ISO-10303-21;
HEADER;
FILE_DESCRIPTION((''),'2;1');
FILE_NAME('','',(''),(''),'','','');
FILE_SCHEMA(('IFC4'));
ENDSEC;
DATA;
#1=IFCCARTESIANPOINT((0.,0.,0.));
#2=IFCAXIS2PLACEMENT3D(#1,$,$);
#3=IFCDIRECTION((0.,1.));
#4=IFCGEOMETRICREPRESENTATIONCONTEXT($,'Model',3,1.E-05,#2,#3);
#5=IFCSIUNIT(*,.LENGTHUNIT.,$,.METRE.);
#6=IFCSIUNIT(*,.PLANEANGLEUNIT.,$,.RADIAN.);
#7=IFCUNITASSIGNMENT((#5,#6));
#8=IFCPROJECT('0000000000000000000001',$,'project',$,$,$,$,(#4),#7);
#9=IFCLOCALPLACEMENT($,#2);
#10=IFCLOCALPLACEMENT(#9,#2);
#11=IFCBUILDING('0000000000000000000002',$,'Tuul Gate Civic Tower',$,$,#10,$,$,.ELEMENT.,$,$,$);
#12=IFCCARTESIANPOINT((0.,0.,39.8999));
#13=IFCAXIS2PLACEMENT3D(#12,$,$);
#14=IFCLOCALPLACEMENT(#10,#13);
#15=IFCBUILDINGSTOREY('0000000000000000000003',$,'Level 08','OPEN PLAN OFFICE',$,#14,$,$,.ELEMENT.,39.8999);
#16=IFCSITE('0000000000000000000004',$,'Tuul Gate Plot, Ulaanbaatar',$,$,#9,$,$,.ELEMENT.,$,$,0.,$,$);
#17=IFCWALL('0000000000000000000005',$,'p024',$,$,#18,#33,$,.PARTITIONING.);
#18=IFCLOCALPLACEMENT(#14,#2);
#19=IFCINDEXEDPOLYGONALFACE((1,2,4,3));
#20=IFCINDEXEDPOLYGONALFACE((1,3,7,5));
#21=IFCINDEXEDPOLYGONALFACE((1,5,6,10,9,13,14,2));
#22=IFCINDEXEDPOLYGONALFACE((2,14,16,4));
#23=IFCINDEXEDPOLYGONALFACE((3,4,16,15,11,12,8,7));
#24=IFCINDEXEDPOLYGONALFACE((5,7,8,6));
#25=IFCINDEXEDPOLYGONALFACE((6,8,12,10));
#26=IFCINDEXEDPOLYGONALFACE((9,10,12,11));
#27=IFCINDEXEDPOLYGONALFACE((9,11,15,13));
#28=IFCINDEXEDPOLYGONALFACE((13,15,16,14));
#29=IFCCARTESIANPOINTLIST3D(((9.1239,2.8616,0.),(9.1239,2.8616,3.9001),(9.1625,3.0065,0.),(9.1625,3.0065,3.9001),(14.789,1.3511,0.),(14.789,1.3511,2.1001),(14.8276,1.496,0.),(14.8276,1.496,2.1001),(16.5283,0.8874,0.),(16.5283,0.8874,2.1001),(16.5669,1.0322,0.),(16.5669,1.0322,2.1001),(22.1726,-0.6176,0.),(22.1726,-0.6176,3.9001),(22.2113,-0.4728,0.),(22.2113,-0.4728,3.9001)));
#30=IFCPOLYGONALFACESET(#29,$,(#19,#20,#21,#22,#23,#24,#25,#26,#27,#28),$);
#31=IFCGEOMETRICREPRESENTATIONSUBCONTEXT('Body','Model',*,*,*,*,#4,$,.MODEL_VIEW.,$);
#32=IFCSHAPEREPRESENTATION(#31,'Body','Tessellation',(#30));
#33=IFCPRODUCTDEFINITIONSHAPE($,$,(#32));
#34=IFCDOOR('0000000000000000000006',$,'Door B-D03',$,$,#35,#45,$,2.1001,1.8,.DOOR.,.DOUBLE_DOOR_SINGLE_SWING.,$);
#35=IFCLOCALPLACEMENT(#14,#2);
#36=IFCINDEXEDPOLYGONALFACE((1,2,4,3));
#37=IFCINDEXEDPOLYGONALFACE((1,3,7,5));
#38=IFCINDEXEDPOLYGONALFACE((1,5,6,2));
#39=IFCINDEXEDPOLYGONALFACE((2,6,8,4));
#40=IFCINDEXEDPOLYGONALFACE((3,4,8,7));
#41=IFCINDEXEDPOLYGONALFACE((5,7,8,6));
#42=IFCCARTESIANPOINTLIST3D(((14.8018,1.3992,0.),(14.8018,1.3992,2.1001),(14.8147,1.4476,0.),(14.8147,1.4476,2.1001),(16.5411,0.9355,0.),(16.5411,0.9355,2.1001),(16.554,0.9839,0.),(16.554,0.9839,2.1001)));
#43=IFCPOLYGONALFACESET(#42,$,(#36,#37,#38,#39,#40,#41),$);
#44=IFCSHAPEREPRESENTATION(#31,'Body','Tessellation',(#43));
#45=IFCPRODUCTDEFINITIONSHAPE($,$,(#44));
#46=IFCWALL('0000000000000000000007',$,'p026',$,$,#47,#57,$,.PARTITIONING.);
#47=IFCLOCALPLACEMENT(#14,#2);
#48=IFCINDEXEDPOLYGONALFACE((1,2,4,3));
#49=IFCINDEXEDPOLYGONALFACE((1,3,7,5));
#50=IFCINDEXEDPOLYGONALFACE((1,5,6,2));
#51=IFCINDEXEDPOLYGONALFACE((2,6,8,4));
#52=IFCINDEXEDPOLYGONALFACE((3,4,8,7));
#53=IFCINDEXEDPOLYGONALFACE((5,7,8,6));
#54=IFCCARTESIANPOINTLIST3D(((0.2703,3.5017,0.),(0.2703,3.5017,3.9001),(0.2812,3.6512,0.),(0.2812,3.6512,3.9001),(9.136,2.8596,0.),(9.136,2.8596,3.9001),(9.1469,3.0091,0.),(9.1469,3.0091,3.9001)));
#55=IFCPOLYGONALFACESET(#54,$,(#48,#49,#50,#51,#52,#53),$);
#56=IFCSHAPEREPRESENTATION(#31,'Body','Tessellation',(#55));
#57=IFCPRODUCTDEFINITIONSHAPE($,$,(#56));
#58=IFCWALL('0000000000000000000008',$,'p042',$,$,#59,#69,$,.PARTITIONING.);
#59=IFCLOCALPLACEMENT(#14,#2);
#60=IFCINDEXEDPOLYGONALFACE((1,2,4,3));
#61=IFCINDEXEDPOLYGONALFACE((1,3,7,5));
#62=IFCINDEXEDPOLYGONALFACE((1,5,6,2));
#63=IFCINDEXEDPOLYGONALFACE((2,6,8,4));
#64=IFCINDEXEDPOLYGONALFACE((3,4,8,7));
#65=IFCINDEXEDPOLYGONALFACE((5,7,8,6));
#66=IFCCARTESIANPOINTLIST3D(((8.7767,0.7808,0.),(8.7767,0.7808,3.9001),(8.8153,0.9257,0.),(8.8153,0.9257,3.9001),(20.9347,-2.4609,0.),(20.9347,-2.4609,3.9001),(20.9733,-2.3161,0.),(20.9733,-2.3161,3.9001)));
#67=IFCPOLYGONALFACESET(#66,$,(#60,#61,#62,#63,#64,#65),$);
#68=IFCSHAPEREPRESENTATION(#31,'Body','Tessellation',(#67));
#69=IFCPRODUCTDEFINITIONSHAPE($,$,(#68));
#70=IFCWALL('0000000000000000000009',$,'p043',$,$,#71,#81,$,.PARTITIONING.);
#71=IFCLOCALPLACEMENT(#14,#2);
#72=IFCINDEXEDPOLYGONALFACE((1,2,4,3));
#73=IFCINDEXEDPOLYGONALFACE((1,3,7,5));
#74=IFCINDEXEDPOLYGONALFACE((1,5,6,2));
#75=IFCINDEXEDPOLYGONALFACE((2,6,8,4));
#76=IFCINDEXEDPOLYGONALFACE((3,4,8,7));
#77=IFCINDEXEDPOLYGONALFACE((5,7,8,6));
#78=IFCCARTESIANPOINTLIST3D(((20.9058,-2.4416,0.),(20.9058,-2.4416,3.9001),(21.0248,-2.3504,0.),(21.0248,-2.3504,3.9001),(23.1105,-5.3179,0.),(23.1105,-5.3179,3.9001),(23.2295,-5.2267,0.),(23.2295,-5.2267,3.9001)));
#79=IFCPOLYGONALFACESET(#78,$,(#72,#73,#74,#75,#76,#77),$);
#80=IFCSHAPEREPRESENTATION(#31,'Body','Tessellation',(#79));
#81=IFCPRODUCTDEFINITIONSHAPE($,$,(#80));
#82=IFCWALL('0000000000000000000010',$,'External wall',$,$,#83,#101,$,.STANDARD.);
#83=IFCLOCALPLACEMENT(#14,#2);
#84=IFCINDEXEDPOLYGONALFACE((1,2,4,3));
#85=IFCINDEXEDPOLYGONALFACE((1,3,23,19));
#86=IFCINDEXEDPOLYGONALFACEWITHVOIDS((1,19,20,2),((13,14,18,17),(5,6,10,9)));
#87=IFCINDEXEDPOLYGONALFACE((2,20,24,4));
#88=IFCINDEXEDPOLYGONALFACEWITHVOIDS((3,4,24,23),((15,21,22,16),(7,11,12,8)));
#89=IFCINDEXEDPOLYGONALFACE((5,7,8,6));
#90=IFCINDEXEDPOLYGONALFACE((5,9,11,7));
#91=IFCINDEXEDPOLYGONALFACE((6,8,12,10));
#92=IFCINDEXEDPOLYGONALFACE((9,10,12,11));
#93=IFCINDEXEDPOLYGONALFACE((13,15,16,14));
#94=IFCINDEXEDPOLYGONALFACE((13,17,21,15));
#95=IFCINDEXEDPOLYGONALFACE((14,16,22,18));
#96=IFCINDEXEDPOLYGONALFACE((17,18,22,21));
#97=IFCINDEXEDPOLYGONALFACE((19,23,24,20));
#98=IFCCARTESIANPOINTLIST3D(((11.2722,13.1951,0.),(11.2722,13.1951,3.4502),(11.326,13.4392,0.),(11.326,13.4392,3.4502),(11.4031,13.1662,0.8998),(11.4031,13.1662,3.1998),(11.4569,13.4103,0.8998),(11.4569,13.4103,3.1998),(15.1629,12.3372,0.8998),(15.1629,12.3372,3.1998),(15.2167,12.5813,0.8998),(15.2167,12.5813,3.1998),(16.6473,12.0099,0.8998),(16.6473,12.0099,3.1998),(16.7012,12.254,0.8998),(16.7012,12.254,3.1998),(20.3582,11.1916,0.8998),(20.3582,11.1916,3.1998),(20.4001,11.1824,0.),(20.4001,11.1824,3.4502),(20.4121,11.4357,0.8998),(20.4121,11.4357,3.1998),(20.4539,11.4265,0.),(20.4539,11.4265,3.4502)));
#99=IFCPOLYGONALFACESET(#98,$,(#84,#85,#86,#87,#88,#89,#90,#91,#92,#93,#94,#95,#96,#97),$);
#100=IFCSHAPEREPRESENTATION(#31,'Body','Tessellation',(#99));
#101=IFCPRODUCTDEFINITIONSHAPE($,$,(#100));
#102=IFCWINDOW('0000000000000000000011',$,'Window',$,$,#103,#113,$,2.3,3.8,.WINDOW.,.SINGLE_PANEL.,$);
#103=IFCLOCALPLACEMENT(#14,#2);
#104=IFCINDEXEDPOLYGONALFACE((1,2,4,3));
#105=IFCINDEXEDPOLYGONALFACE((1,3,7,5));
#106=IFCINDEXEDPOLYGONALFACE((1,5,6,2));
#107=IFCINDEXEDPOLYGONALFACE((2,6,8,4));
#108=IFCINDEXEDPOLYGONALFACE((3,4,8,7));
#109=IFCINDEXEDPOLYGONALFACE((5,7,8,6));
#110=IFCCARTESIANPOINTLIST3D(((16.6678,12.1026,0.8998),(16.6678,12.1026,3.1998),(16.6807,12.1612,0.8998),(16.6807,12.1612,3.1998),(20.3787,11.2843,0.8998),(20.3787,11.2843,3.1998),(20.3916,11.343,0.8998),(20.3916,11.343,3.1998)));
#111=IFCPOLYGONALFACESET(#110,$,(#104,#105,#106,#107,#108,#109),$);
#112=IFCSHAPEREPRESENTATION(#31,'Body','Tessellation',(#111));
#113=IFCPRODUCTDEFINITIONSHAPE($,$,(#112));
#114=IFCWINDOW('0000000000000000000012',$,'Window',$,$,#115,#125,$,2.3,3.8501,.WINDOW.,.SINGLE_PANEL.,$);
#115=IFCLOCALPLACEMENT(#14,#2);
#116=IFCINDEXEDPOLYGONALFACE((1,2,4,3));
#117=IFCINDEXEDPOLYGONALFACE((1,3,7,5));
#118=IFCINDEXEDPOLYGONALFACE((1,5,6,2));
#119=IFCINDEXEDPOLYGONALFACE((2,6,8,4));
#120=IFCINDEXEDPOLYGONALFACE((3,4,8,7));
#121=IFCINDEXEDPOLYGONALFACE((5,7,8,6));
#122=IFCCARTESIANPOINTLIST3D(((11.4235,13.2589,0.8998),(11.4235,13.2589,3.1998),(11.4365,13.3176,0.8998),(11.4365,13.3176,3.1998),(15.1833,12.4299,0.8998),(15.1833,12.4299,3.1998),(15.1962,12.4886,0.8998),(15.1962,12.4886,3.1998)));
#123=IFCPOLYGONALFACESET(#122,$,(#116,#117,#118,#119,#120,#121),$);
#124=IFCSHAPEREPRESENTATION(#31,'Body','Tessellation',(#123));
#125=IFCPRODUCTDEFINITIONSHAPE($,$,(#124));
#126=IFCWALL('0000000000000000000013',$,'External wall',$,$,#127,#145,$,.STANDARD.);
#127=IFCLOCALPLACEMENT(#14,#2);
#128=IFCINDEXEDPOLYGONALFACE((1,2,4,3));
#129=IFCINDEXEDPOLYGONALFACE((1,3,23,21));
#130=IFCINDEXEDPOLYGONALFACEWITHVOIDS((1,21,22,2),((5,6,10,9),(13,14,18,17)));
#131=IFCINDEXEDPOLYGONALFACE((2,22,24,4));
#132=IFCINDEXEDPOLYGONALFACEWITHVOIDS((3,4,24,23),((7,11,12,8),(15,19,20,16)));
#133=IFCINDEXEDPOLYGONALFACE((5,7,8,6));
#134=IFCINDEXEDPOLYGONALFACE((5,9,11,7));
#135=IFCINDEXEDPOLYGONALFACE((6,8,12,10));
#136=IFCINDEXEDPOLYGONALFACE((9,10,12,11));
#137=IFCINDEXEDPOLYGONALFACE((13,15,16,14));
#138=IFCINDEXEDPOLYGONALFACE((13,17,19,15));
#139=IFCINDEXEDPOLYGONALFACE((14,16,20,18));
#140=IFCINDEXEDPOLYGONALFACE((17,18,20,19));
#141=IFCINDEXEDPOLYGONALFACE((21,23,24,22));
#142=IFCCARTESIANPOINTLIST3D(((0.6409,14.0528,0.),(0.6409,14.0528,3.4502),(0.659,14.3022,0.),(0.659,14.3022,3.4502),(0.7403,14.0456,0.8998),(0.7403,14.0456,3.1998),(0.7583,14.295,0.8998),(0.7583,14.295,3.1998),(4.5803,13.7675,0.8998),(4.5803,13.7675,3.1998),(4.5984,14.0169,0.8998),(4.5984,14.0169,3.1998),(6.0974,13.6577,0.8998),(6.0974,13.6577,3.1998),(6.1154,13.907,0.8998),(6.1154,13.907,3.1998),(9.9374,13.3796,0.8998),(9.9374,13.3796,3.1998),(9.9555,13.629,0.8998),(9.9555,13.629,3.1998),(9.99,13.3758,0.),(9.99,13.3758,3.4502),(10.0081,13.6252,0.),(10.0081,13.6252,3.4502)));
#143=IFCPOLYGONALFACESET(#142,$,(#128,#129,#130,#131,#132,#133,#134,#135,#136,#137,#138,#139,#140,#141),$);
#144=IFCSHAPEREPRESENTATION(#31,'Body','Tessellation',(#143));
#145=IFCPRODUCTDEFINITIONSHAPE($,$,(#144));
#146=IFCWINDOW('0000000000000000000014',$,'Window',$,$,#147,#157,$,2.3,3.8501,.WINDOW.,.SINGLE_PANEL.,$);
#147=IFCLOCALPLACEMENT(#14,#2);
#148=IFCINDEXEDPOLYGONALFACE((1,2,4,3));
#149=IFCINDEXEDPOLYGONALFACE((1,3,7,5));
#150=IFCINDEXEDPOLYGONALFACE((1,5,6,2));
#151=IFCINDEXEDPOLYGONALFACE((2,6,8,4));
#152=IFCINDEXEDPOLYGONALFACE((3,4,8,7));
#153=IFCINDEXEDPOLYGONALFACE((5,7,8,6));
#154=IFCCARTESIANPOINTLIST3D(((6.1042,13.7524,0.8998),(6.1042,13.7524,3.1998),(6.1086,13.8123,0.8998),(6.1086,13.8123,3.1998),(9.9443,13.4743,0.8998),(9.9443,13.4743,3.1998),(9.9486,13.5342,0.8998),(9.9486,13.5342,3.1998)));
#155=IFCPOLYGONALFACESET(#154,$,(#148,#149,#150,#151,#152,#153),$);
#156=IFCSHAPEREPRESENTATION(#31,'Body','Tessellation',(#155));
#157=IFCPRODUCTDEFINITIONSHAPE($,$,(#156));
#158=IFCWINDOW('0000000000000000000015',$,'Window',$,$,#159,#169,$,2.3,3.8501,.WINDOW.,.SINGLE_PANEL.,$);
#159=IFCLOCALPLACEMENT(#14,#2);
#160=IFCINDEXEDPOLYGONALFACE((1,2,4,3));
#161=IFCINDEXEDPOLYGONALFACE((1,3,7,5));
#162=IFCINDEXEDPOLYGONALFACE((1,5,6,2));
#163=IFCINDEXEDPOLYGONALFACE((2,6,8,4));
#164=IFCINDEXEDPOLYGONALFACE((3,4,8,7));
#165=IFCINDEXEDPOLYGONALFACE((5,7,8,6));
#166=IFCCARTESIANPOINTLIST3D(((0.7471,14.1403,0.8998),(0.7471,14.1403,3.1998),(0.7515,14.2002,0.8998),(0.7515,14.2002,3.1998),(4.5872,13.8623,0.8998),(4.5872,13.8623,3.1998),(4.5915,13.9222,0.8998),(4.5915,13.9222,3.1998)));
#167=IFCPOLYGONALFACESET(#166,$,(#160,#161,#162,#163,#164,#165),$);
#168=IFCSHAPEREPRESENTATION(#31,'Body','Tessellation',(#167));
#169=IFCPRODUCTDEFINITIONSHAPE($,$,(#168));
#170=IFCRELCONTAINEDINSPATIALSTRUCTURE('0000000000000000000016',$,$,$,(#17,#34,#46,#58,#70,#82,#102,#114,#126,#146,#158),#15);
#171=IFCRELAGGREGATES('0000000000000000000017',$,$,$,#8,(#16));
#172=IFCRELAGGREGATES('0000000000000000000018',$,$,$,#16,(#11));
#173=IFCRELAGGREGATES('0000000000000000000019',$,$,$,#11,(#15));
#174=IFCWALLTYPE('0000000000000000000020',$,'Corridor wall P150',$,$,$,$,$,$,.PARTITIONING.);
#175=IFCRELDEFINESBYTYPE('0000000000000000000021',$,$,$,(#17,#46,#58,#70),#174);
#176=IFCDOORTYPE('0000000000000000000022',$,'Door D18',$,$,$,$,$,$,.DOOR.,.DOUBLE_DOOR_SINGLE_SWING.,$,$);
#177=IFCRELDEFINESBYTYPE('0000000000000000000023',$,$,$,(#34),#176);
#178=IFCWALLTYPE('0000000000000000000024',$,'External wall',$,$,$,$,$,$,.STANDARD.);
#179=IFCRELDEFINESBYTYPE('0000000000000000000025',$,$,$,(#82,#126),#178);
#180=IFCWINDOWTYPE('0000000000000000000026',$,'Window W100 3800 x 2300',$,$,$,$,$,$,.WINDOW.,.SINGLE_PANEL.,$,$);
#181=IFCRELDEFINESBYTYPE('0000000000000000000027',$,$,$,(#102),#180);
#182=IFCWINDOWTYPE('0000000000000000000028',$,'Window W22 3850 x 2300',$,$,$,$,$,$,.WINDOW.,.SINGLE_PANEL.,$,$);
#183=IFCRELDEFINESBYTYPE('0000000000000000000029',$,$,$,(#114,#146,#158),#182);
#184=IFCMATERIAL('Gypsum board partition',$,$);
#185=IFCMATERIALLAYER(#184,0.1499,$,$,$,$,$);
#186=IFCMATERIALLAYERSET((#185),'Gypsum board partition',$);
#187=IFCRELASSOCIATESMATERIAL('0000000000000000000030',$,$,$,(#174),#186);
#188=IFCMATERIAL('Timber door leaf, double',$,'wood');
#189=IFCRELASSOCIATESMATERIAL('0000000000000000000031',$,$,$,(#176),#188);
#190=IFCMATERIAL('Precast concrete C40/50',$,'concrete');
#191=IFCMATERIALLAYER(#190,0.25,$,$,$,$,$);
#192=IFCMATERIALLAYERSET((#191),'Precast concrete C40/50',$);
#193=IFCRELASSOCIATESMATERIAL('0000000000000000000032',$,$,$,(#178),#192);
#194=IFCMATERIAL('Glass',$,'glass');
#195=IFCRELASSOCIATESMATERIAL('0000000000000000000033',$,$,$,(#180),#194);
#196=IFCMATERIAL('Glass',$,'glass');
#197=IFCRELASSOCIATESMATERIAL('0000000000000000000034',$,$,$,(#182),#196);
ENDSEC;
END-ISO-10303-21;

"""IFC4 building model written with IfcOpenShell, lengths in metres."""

from ifc_helpers import new_model, si_unit, direction, frame, frame_2d, origin, place, context, subcontext, project, spatial, rectangle, extrude, material, layer, layer_set, type_object, element, fill, save


model = new_model("IFC4")

# Units and contexts
model_context = context("Model", 3, precision=1e-05, world=origin(), true_north=direction((0.0, 1.0)))
body_context = subcontext(model_context, "Body", "Model", "MODEL_VIEW")
ifc_project = project(units=[si_unit("LENGTHUNIT", "METRE"), si_unit("PLANEANGLEUNIT", "RADIAN")], contexts=[model_context])

# Site, building, storey
site_placement = place(None, origin())
site = spatial("IfcSite", under=ifc_project, at=site_placement, Name="Tuul Gate Plot, Ulaanbaatar", CompositionType="ELEMENT", RefElevation=0.0)
building_placement = place(site_placement, origin())
building = spatial("IfcBuilding", under=site, at=building_placement, Name="Tuul Gate Civic Tower", CompositionType="ELEMENT")
storey_placement = place(building_placement, frame((0.0, 0.0, 39.8999)))
storey = spatial("IfcBuildingStorey", under=building, at=storey_placement, Name="Level 08", Description="OPEN PLAN OFFICE", CompositionType="ELEMENT", Elevation=39.8999)

# Shared definitions
ifc_material_1 = material(Name="Gypsum board partition")
ifc_layer_1 = layer(ifc_material_1, 0.1499)
ifc_layer_set_1 = layer_set([ifc_layer_1], Name="Gypsum board partition")
wall_type_1 = type_object("IfcWallType", Name="Corridor wall P150", PredefinedType="PARTITIONING", material=ifc_layer_set_1)

# Wall, opening, door
wall_1_placement = place(storey_placement, frame((9.1431, 2.9341, 0.0), z_axis=(0.0, 0.0, 1.0), x_axis=(0.966243, -0.257632, 0.0)))
wall_1 = element("IfcWall", 1, at=wall_1_placement, inside=storey, type_object=wall_type_1, Name="p024", PredefinedType="PARTITIONING", context=body_context, shape_type="SweptSolid", body=[
    extrude(rectangle(XDim=13.5046, YDim=0.1499, at=frame_2d((6.7524, 0.0))), origin(), (0.0, 0.0, 1.0), 3.9001),
])
opening_1_placement = place(wall_1_placement, frame((5.8633, 0.0, 0.0)))
opening_1 = element("IfcOpeningElement", 2, at=opening_1_placement, cuts=wall_1, PredefinedType="OPENING", context=body_context, shape_type="SweptSolid", body=[
    extrude(rectangle(XDim=1.8, YDim=2.1001, at=frame_2d((0.8999, 1.05))), frame((0.0, 0.085, 0.0), z_axis=(0.0, -1.0, 0.0), x_axis=(1.0, 0.0, 0.0)), (0.0, 0.0, 1.0), 0.1699),
])
ifc_material_2 = material(Name="Timber door leaf, double", Category="wood")
door_type = type_object("IfcDoorType", Name="Door D18", OperationType="DOUBLE_DOOR_SINGLE_SWING", PredefinedType="DOOR", material=ifc_material_2)
door_placement = place(opening_1_placement, origin())
door = element("IfcDoor", 3, at=door_placement, inside=storey, type_object=door_type, Name="Door B-D03", OperationType="DOUBLE_DOOR_SINGLE_SWING", OverallHeight=2.1001, OverallWidth=1.8, PredefinedType="DOOR", context=body_context, shape_type="SweptSolid", body=[
    extrude(rectangle(XDim=1.8, YDim=2.1001, at=frame_2d((0.8999, 1.05))), frame((0.0, 0.0249, 0.0), z_axis=(0.0, -1.0, 0.0), x_axis=(1.0, 0.0, 0.0)), (0.0, 0.0, 1.0), 0.05),
])
fill(opening_1, door)

# Walls
wall_2_placement = place(storey_placement, frame((0.2759, 3.5764, 0.0), z_axis=(0.0, 0.0, 1.0), x_axis=(0.997388, -0.072235, 0.0)))
element("IfcWall", 4, at=wall_2_placement, inside=storey, type_object=wall_type_1, Name="p026", PredefinedType="PARTITIONING", context=body_context, shape_type="SweptSolid", body=[
    extrude(rectangle(XDim=8.8889, YDim=0.1499, at=frame_2d((4.4443, 0.0))), origin(), (0.0, 0.0, 1.0), 3.9001),
])
wall_3_placement = place(storey_placement, frame((8.7959, 0.8533, 0.0), z_axis=(0.0, 0.0, 1.0), x_axis=(0.966243, -0.257631, 0.0)))
element("IfcWall", 5, at=wall_3_placement, inside=storey, type_object=wall_type_1, Name="p042", PredefinedType="PARTITIONING", context=body_context, shape_type="SweptSolid", body=[
    extrude(rectangle(XDim=12.5828, YDim=0.1499, at=frame_2d((6.2915, 0.0))), origin(), (0.0, 0.0, 1.0), 3.9001),
])
wall_4_placement = place(storey_placement, frame((20.9653, -2.396, 0.0), z_axis=(0.0, 0.0, 1.0), x_axis=(0.608342, -0.793675, 0.0)))
element("IfcWall", 6, at=wall_4_placement, inside=storey, type_object=wall_type_1, Name="p043", PredefinedType="PARTITIONING", context=body_context, shape_type="SweptSolid", body=[
    extrude(rectangle(XDim=3.624, YDim=0.1499, at=frame_2d((1.812, 0.0))), origin(), (0.0, 0.0, 1.0), 3.9001),
])

# Walls, openings, windows
ifc_material_3 = material(Name="Precast concrete C40/50", Category="concrete")
ifc_layer_2 = layer(ifc_material_3, 0.25)
ifc_layer_set_2 = layer_set([ifc_layer_2], Name="Precast concrete C40/50")
wall_type_2 = type_object("IfcWallType", Name="External wall", PredefinedType="STANDARD", material=ifc_layer_set_2)
wall_5_placement = place(storey_placement, frame((20.427, 11.3044, 0.0), z_axis=(0.0, 0.0, 1.0), x_axis=(-0.976542, 0.215326, 0.0)))
wall_5 = element("IfcWall", 7, at=wall_5_placement, inside=storey, type_object=wall_type_2, Name="External wall", PredefinedType="STANDARD", context=body_context, shape_type="SweptSolid", body=[
    extrude(rectangle(XDim=9.3472, YDim=0.25, at=frame_2d((4.6736, 0.0))), origin(), (0.0, 0.0, 1.0), 3.4502),
])
opening_2_placement = place(wall_5_placement, frame((0.043, 0.0, 0.8999)))
opening_2 = element("IfcOpeningElement", 8, at=opening_2_placement, cuts=wall_5, PredefinedType="OPENING", context=body_context, shape_type="SweptSolid", body=[
    extrude(rectangle(XDim=3.8, YDim=2.3, at=frame_2d((1.8999, 1.1499))), frame((0.0, 0.135, 0.0), z_axis=(0.0, -1.0, 0.0), x_axis=(1.0, 0.0, 0.0)), (0.0, 0.0, 1.0), 0.27),
])
opening_3_placement = place(wall_5_placement, frame((5.363, 0.0, 0.8999)))
opening_3 = element("IfcOpeningElement", 9, at=opening_3_placement, cuts=wall_5, PredefinedType="OPENING", context=body_context, shape_type="SweptSolid", body=[
    extrude(rectangle(XDim=3.8501, YDim=2.3, at=frame_2d((1.925, 1.1499))), frame((0.0, 0.135, 0.0), z_axis=(0.0, -1.0, 0.0), x_axis=(1.0, 0.0, 0.0)), (0.0, 0.0, 1.0), 0.27),
])
ifc_material_4 = material(Name="Glass", Category="glass")
window_type_1 = type_object("IfcWindowType", Name="Window W100 3800 x 2300", PartitioningType="SINGLE_PANEL", PredefinedType="WINDOW", material=ifc_material_4)
window_1_placement = place(opening_2_placement, origin())
window_1 = element("IfcWindow", 10, at=window_1_placement, inside=storey, type_object=window_type_1, Name="Window", OverallHeight=2.3, OverallWidth=3.8, PartitioningType="SINGLE_PANEL", PredefinedType="WINDOW", context=body_context, shape_type="SweptSolid", body=[
    extrude(rectangle(XDim=3.8, YDim=2.3, at=frame_2d((1.8999, 1.1499))), frame((0.0, 0.03, 0.0), z_axis=(0.0, -1.0, 0.0), x_axis=(1.0, 0.0, 0.0)), (0.0, 0.0, 1.0), 0.0601),
])
fill(opening_2, window_1)
ifc_material_5 = material(Name="Glass", Category="glass")
window_type_2 = type_object("IfcWindowType", Name="Window W22 3850 x 2300", PartitioningType="SINGLE_PANEL", PredefinedType="WINDOW", material=ifc_material_5)
window_2_placement = place(opening_3_placement, origin())
window_2 = element("IfcWindow", 11, at=window_2_placement, inside=storey, type_object=window_type_2, Name="Window", OverallHeight=2.3, OverallWidth=3.8501, PartitioningType="SINGLE_PANEL", PredefinedType="WINDOW", context=body_context, shape_type="SweptSolid", body=[
    extrude(rectangle(XDim=3.8501, YDim=2.3, at=frame_2d((1.925, 1.1499))), frame((0.0, 0.03, 0.0), z_axis=(0.0, -1.0, 0.0), x_axis=(1.0, 0.0, 0.0)), (0.0, 0.0, 1.0), 0.0601),
])
fill(opening_3, window_2)
wall_6_placement = place(storey_placement, frame((9.999, 13.5005, 0.0), z_axis=(0.0, 0.0, 1.0), x_axis=(-0.997388, 0.072224, 0.0)))
wall_6 = element("IfcWall", 12, at=wall_6_placement, inside=storey, type_object=wall_type_2, Name="External wall", PredefinedType="STANDARD", context=body_context, shape_type="SweptSolid", body=[
    extrude(rectangle(XDim=9.3735, YDim=0.25, at=frame_2d((4.6868, 0.0))), origin(), (0.0, 0.0, 1.0), 3.4502),
])
opening_4_placement = place(wall_6_placement, frame((0.0527, 0.0, 0.8999)))
opening_4 = element("IfcOpeningElement", 13, at=opening_4_placement, cuts=wall_6, PredefinedType="OPENING", context=body_context, shape_type="SweptSolid", body=[
    extrude(rectangle(XDim=3.8501, YDim=2.3, at=frame_2d((1.925, 1.1499))), frame((0.0, 0.135, 0.0), z_axis=(0.0, -1.0, 0.0), x_axis=(1.0, 0.0, 0.0)), (0.0, 0.0, 1.0), 0.27),
])
opening_5_placement = place(wall_6_placement, frame((5.4238, 0.0, 0.8999)))
opening_5 = element("IfcOpeningElement", 14, at=opening_5_placement, cuts=wall_6, PredefinedType="OPENING", context=body_context, shape_type="SweptSolid", body=[
    extrude(rectangle(XDim=3.8501, YDim=2.3, at=frame_2d((1.925, 1.1499))), frame((0.0, 0.135, 0.0), z_axis=(0.0, -1.0, 0.0), x_axis=(1.0, 0.0, 0.0)), (0.0, 0.0, 1.0), 0.27),
])
window_3_placement = place(opening_4_placement, origin())
window_3 = element("IfcWindow", 15, at=window_3_placement, inside=storey, type_object=window_type_2, Name="Window", OverallHeight=2.3, OverallWidth=3.8501, PartitioningType="SINGLE_PANEL", PredefinedType="WINDOW", context=body_context, shape_type="SweptSolid", body=[
    extrude(rectangle(XDim=3.8501, YDim=2.3, at=frame_2d((1.925, 1.1499))), frame((0.0, 0.03, 0.0), z_axis=(0.0, -1.0, 0.0), x_axis=(1.0, 0.0, 0.0)), (0.0, 0.0, 1.0), 0.0601),
])
fill(opening_4, window_3)
window_4_placement = place(opening_5_placement, origin())
window_4 = element("IfcWindow", 16, at=window_4_placement, inside=storey, type_object=window_type_2, Name="Window", OverallHeight=2.3, OverallWidth=3.8501, PartitioningType="SINGLE_PANEL", PredefinedType="WINDOW", context=body_context, shape_type="SweptSolid", body=[
    extrude(rectangle(XDim=3.8501, YDim=2.3, at=frame_2d((1.925, 1.1499))), frame((0.0, 0.03, 0.0), z_axis=(0.0, -1.0, 0.0), x_axis=(1.0, 0.0, 0.0)), (0.0, 0.0, 1.0), 0.0601),
])
fill(opening_5, window_4)

save(model, "model.ifc")
